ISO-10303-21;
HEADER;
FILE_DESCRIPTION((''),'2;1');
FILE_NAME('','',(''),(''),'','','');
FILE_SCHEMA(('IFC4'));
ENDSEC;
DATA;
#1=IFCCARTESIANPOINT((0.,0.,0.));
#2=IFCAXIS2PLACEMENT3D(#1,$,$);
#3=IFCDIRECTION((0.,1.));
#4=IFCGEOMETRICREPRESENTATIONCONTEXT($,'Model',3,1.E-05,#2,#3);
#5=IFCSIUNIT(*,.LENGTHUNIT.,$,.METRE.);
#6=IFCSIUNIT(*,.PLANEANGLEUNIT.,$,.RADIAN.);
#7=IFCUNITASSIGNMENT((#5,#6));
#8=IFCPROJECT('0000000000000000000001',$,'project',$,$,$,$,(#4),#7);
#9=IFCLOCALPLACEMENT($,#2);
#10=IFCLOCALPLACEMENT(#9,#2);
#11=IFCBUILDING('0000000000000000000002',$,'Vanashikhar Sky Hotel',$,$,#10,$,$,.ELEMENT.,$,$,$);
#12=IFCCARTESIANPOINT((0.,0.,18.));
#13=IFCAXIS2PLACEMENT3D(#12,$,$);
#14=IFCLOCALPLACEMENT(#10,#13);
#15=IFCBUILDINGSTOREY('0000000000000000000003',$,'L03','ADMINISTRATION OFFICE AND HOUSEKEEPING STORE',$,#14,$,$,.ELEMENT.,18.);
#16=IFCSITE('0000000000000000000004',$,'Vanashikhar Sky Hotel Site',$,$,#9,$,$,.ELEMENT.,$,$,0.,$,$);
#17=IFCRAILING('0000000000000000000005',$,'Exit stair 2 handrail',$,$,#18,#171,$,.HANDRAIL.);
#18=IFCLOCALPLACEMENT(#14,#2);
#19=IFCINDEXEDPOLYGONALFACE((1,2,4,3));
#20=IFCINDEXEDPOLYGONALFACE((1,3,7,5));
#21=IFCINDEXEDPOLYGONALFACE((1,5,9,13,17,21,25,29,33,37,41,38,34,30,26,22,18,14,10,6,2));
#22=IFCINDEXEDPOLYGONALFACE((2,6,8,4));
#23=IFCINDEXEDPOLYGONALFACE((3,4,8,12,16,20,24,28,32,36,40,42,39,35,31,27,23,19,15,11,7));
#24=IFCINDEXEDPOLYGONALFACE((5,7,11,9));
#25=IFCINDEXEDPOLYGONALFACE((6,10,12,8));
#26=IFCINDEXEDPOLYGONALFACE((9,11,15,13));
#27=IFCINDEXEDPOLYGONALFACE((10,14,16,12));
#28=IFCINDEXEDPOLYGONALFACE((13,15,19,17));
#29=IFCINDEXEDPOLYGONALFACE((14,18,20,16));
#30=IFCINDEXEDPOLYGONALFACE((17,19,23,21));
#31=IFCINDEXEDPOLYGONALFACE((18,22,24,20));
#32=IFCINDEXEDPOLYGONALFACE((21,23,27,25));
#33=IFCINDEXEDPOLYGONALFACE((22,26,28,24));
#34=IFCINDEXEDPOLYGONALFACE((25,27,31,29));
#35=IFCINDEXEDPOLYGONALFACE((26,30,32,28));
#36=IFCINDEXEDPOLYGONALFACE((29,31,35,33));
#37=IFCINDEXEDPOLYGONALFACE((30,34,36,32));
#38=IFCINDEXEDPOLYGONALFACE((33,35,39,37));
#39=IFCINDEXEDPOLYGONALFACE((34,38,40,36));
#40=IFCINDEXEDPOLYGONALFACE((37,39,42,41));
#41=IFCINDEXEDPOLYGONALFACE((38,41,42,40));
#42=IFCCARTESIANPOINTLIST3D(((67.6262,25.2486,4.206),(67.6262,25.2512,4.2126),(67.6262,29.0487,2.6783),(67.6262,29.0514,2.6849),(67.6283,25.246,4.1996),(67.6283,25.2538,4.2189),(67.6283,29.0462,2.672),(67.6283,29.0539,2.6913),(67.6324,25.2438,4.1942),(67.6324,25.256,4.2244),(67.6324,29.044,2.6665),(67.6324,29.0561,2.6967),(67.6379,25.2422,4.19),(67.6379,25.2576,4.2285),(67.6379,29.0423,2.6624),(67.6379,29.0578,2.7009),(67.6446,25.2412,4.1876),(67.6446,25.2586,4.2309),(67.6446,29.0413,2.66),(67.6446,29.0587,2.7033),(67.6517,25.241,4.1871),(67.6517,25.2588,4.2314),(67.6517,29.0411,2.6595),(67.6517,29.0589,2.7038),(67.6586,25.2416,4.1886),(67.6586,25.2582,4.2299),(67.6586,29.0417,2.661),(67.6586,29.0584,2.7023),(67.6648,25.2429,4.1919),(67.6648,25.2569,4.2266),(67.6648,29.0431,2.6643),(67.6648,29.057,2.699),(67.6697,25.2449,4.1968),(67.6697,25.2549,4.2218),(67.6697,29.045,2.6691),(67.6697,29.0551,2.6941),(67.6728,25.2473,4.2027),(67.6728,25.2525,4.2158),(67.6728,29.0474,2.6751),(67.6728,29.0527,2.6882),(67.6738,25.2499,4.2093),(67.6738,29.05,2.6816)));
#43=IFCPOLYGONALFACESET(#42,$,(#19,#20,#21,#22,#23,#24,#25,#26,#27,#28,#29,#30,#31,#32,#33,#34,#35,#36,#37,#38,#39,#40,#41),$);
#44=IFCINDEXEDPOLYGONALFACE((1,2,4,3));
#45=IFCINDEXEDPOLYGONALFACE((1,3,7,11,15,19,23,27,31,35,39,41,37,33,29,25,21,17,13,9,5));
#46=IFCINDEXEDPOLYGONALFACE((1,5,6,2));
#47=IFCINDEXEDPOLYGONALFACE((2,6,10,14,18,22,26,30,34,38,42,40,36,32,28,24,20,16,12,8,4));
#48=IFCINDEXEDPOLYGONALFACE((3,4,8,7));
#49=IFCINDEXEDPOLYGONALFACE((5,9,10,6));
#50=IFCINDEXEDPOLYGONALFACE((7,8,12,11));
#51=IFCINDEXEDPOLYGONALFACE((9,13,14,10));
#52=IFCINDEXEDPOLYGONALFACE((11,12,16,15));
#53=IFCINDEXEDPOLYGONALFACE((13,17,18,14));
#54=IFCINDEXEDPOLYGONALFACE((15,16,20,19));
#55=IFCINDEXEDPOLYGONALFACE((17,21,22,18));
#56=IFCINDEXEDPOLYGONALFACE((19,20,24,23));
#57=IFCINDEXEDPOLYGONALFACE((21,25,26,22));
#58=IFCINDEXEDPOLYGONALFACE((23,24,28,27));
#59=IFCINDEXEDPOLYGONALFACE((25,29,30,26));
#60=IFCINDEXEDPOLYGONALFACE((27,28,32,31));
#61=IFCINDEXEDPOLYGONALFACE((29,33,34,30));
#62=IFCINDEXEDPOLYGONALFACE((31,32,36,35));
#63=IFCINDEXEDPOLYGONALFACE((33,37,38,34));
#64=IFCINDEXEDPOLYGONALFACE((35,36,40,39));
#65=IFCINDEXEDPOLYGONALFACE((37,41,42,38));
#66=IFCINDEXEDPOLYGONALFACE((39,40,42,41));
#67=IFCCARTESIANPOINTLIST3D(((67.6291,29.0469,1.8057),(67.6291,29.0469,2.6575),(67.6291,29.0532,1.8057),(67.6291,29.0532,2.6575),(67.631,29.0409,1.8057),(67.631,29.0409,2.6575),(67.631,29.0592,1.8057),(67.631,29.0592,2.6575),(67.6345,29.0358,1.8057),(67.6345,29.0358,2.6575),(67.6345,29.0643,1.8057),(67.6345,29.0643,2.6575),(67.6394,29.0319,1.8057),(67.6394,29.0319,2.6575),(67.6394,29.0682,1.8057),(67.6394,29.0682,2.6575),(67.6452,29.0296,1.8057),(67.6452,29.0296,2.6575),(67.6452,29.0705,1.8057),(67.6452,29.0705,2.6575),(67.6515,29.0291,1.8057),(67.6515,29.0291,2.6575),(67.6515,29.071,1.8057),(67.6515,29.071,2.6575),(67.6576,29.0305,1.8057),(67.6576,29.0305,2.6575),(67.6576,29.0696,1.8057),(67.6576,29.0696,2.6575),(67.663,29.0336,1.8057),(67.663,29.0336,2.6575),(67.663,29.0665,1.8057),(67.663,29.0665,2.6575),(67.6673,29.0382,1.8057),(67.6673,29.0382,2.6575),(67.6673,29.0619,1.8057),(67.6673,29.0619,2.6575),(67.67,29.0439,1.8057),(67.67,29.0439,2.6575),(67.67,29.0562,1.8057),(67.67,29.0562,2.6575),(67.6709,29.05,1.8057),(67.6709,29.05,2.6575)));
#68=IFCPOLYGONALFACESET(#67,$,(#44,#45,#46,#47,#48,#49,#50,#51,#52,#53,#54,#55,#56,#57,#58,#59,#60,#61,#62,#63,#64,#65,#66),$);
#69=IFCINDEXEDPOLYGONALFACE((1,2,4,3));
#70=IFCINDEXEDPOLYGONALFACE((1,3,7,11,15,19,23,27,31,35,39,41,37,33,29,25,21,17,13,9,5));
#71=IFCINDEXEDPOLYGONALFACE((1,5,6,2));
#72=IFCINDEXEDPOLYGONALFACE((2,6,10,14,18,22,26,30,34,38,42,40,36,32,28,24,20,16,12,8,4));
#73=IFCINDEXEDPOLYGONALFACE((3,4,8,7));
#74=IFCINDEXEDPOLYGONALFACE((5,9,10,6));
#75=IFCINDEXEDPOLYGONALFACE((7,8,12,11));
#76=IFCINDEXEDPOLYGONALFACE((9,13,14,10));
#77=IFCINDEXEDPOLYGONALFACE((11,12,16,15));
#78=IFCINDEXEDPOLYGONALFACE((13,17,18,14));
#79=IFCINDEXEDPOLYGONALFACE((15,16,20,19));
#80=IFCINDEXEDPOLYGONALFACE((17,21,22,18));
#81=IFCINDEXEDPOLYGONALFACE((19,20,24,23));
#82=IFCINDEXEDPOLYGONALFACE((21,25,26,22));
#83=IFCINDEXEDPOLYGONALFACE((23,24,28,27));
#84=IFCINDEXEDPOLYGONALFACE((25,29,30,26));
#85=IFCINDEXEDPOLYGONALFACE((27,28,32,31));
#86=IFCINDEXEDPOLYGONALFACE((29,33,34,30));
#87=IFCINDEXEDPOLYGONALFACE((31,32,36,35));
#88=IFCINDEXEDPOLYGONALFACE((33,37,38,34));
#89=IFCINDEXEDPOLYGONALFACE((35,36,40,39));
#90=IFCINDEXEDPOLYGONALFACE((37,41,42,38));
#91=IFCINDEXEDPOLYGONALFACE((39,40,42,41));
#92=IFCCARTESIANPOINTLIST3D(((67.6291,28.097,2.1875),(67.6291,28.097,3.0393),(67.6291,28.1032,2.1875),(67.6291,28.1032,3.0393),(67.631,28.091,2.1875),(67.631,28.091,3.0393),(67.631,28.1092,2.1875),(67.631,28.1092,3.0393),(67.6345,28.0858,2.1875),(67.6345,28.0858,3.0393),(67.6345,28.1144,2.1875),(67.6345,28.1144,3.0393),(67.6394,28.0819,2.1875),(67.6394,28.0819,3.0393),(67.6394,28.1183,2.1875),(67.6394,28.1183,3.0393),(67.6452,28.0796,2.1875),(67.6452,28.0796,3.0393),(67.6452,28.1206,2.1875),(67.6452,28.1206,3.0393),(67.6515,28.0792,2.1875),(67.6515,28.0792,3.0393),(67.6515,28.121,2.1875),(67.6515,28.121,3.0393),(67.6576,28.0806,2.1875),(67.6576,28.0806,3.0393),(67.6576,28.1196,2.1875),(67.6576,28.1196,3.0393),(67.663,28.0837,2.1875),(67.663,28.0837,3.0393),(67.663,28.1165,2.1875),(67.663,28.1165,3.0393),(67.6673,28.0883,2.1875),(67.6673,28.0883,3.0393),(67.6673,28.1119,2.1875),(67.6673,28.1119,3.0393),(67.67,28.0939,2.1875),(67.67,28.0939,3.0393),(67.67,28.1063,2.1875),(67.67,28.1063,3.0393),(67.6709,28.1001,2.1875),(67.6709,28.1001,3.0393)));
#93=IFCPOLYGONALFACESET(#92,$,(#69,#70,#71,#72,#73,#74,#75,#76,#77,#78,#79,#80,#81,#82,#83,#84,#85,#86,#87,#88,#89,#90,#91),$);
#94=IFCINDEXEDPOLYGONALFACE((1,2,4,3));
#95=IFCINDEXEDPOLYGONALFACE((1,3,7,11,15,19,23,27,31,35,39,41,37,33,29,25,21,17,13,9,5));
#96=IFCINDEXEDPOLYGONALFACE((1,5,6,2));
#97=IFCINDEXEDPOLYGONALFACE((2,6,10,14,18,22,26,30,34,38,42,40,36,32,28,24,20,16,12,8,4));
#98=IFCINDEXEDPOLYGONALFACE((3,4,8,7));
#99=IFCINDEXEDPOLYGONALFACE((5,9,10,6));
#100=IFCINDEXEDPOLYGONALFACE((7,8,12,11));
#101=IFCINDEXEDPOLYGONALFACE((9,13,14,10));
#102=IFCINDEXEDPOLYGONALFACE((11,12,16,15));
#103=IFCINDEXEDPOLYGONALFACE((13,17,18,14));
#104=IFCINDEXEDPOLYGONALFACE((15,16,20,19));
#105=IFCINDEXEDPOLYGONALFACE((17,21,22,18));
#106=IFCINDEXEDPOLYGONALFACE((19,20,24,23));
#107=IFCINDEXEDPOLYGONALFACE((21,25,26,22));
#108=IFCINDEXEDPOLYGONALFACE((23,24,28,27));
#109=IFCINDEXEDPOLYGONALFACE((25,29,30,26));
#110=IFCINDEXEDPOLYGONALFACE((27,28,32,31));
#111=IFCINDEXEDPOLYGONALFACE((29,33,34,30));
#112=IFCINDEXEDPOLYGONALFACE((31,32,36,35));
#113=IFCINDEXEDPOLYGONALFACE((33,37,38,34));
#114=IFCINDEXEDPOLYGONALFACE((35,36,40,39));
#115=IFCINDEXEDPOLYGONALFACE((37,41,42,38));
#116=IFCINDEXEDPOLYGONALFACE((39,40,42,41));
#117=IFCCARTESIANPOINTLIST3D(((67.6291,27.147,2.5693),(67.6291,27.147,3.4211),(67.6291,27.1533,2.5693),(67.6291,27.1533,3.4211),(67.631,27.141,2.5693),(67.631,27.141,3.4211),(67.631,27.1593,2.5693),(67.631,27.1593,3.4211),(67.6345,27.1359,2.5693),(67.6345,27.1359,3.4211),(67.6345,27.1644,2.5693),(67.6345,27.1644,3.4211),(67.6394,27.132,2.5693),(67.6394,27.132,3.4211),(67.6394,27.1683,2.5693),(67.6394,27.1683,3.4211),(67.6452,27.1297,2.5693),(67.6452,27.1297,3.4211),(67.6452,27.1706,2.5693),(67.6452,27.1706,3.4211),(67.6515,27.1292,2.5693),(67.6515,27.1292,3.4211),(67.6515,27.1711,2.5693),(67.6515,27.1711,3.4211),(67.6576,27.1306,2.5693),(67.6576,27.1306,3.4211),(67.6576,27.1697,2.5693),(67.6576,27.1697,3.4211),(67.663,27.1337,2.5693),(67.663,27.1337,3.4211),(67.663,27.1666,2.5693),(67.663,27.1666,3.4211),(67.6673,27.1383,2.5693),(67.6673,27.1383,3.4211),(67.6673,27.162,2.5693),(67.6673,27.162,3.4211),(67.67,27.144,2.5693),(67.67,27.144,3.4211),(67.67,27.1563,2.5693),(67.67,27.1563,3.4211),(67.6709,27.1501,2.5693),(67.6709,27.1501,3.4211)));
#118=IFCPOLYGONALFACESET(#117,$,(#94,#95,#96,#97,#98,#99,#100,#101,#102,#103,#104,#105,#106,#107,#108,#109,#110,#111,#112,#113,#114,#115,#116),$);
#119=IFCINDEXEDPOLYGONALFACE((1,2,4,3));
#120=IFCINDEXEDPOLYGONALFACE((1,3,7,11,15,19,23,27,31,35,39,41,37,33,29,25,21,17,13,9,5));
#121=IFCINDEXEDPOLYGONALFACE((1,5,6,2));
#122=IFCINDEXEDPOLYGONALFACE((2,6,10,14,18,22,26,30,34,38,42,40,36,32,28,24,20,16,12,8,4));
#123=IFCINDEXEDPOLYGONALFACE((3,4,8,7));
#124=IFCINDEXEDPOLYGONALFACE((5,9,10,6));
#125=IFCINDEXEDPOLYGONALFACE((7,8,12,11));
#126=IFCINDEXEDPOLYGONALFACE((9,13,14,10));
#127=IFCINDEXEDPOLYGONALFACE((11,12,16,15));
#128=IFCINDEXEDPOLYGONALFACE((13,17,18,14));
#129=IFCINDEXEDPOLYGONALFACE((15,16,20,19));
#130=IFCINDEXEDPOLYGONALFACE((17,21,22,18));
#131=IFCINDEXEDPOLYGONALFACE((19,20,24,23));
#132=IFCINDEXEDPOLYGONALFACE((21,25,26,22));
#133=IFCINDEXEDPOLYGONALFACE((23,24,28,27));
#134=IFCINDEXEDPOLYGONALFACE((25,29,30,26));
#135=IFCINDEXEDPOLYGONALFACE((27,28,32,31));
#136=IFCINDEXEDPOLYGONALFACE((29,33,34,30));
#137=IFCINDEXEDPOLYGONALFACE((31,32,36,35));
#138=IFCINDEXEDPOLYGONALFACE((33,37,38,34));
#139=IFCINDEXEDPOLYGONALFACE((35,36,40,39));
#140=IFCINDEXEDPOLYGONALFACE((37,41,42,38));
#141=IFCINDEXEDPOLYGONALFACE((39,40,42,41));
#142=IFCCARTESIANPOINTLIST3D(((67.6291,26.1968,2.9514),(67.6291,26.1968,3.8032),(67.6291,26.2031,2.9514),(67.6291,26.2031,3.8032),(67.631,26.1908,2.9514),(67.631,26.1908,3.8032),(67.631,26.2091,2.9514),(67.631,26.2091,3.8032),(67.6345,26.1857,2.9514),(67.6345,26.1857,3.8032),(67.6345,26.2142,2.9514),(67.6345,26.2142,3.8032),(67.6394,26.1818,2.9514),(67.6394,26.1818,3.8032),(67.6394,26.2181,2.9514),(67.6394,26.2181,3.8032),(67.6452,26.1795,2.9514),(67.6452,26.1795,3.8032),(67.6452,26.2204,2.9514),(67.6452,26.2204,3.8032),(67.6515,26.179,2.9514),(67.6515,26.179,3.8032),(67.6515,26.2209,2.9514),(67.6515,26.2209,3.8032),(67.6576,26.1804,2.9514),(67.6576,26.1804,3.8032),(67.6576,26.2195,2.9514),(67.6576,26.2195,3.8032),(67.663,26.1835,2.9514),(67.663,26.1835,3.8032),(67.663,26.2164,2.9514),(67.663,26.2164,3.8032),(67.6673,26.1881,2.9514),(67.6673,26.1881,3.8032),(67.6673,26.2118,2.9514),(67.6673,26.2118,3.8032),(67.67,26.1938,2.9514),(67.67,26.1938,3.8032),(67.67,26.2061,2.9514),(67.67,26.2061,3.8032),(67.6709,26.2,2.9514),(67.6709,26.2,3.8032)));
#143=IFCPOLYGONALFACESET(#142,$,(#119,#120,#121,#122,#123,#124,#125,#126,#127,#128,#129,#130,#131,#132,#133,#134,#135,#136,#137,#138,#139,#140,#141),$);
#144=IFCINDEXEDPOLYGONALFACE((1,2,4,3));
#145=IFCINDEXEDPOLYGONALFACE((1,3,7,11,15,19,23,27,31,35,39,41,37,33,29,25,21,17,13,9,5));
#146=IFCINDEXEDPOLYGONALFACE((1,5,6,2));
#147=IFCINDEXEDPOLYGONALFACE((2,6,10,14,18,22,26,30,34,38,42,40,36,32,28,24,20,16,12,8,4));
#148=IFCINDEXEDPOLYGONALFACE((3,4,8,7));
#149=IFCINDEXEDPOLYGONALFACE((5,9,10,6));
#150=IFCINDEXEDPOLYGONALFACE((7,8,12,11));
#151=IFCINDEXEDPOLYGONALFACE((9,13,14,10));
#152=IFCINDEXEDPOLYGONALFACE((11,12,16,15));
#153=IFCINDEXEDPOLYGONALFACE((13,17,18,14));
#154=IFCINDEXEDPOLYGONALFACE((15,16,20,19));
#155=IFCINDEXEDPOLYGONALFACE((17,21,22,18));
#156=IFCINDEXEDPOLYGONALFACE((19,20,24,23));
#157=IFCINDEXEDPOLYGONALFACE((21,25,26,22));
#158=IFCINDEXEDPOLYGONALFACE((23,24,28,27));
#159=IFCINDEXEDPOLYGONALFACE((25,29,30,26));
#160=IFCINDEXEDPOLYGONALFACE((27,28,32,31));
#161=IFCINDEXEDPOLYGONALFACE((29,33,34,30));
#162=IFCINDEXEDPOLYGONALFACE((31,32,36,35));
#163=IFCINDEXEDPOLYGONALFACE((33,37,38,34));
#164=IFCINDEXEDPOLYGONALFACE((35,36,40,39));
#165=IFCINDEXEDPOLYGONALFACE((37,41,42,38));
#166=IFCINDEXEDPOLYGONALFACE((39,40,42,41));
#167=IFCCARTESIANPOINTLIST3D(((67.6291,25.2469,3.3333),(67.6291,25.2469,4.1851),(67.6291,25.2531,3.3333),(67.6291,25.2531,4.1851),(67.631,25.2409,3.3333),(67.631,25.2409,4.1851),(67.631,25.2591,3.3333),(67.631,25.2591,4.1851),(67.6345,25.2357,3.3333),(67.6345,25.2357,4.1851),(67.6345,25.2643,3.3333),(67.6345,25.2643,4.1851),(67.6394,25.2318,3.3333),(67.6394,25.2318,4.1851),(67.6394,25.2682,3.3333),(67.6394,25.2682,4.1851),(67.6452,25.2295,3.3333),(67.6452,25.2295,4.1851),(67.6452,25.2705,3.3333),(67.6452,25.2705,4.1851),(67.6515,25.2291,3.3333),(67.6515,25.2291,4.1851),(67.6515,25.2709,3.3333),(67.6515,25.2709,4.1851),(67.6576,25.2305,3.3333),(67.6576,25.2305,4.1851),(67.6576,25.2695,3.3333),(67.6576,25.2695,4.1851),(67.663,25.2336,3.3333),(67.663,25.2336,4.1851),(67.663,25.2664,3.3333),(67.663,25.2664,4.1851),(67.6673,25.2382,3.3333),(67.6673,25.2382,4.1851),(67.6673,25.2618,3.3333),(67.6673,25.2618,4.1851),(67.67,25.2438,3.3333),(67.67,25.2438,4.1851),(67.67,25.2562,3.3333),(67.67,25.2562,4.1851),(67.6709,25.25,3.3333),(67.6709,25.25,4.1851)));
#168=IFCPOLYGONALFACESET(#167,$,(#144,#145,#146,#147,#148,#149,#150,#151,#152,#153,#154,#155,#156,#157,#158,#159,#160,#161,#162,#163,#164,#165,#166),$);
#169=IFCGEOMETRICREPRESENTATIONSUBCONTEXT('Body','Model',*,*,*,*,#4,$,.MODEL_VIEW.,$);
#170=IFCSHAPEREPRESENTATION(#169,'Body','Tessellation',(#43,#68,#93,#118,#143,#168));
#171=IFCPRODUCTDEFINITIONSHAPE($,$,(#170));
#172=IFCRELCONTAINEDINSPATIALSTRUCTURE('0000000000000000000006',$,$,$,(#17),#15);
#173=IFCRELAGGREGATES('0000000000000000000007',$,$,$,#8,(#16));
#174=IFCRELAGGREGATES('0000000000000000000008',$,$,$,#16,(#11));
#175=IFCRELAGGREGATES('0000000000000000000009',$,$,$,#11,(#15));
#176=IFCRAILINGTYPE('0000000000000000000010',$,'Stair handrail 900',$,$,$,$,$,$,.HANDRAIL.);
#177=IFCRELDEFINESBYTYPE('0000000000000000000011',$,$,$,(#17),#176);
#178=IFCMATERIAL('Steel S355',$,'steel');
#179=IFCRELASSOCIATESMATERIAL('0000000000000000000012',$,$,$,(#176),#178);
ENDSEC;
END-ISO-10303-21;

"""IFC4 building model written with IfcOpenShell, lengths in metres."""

from ifc_helpers import new_model, si_unit, direction, frame, origin, origin_2d, place, context, subcontext, project, spatial, circle, extrude, source, transform, mapped, material, type_object, element, save


model = new_model("IFC4")

# Units and contexts
model_context = context("Model", 3, precision=1e-05, world=origin(), true_north=direction((0.0, 1.0)))
body_context = subcontext(model_context, "Body", "Model", "MODEL_VIEW")
ifc_project = project(units=[si_unit("LENGTHUNIT", "METRE"), si_unit("PLANEANGLEUNIT", "RADIAN")], contexts=[model_context])

# Site, building, storey
site_placement = place(None, origin())
site = spatial("IfcSite", under=ifc_project, at=site_placement, Name="Vanashikhar Sky Hotel Site", CompositionType="ELEMENT", RefElevation=0.0)
building_placement = place(site_placement, origin())
building = spatial("IfcBuilding", under=site, at=building_placement, Name="Vanashikhar Sky Hotel", CompositionType="ELEMENT")
storey_placement = place(building_placement, frame((0.0, 0.0, 18.0)))
storey = spatial("IfcBuildingStorey", under=building, at=storey_placement, Name="L03", Description="ADMINISTRATION OFFICE AND HOUSEKEEPING STORE", CompositionType="ELEMENT", Elevation=18.0)

# Railing
ifc_material_1 = material(Name="Steel S355", Category="steel")
railing_type_1 = type_object("IfcRailingType", Name="Stair handrail 900", PredefinedType="HANDRAIL", material=ifc_material_1)
shared_shape_1 = source(origin(), body_context, "Body", "SweptSolid", [
    extrude(circle(Radius=0.0239, at=origin_2d()), frame((0.0, 0.0, 0.876), z_axis=(0.0, -0.927838, 0.372983), x_axis=(1.0, 0.0, 0.0)), (0.0, 0.0, 1.0), 4.0957),
    extrude(circle(Radius=0.021, at=origin_2d()), origin(), (0.0, 0.0, 1.0), 0.8518),
    extrude(circle(Radius=0.021, at=origin_2d()), frame((0.0, -0.95, 0.3818)), (0.0, 0.0, 1.0), 0.8518),
    extrude(circle(Radius=0.021, at=origin_2d()), frame((0.0, -1.8999, 0.7637)), (0.0, 0.0, 1.0), 0.8518),
    extrude(circle(Radius=0.021, at=origin_2d()), frame((0.0, -2.8501, 1.1458)), (0.0, 0.0, 1.0), 0.8518),
    extrude(circle(Radius=0.021, at=origin_2d()), frame((0.0, -3.8, 1.5276)), (0.0, 0.0, 1.0), 0.8518),
])
for number, where, name in (
    (1, (67.6499, 29.05, 1.8057), "Exit stair 2 handrail"),
):
    element("IfcRailing", number, at=place(storey_placement, frame(where)), inside=storey, type_object=railing_type_1, Name=name, PredefinedType="HANDRAIL", context=body_context, shape_type="MappedRepresentation", body=[
        mapped(shared_shape_1, transform((0.0, 0.0, 0.0), scale=1.0)),
    ])

save(model, "model.ifc")
